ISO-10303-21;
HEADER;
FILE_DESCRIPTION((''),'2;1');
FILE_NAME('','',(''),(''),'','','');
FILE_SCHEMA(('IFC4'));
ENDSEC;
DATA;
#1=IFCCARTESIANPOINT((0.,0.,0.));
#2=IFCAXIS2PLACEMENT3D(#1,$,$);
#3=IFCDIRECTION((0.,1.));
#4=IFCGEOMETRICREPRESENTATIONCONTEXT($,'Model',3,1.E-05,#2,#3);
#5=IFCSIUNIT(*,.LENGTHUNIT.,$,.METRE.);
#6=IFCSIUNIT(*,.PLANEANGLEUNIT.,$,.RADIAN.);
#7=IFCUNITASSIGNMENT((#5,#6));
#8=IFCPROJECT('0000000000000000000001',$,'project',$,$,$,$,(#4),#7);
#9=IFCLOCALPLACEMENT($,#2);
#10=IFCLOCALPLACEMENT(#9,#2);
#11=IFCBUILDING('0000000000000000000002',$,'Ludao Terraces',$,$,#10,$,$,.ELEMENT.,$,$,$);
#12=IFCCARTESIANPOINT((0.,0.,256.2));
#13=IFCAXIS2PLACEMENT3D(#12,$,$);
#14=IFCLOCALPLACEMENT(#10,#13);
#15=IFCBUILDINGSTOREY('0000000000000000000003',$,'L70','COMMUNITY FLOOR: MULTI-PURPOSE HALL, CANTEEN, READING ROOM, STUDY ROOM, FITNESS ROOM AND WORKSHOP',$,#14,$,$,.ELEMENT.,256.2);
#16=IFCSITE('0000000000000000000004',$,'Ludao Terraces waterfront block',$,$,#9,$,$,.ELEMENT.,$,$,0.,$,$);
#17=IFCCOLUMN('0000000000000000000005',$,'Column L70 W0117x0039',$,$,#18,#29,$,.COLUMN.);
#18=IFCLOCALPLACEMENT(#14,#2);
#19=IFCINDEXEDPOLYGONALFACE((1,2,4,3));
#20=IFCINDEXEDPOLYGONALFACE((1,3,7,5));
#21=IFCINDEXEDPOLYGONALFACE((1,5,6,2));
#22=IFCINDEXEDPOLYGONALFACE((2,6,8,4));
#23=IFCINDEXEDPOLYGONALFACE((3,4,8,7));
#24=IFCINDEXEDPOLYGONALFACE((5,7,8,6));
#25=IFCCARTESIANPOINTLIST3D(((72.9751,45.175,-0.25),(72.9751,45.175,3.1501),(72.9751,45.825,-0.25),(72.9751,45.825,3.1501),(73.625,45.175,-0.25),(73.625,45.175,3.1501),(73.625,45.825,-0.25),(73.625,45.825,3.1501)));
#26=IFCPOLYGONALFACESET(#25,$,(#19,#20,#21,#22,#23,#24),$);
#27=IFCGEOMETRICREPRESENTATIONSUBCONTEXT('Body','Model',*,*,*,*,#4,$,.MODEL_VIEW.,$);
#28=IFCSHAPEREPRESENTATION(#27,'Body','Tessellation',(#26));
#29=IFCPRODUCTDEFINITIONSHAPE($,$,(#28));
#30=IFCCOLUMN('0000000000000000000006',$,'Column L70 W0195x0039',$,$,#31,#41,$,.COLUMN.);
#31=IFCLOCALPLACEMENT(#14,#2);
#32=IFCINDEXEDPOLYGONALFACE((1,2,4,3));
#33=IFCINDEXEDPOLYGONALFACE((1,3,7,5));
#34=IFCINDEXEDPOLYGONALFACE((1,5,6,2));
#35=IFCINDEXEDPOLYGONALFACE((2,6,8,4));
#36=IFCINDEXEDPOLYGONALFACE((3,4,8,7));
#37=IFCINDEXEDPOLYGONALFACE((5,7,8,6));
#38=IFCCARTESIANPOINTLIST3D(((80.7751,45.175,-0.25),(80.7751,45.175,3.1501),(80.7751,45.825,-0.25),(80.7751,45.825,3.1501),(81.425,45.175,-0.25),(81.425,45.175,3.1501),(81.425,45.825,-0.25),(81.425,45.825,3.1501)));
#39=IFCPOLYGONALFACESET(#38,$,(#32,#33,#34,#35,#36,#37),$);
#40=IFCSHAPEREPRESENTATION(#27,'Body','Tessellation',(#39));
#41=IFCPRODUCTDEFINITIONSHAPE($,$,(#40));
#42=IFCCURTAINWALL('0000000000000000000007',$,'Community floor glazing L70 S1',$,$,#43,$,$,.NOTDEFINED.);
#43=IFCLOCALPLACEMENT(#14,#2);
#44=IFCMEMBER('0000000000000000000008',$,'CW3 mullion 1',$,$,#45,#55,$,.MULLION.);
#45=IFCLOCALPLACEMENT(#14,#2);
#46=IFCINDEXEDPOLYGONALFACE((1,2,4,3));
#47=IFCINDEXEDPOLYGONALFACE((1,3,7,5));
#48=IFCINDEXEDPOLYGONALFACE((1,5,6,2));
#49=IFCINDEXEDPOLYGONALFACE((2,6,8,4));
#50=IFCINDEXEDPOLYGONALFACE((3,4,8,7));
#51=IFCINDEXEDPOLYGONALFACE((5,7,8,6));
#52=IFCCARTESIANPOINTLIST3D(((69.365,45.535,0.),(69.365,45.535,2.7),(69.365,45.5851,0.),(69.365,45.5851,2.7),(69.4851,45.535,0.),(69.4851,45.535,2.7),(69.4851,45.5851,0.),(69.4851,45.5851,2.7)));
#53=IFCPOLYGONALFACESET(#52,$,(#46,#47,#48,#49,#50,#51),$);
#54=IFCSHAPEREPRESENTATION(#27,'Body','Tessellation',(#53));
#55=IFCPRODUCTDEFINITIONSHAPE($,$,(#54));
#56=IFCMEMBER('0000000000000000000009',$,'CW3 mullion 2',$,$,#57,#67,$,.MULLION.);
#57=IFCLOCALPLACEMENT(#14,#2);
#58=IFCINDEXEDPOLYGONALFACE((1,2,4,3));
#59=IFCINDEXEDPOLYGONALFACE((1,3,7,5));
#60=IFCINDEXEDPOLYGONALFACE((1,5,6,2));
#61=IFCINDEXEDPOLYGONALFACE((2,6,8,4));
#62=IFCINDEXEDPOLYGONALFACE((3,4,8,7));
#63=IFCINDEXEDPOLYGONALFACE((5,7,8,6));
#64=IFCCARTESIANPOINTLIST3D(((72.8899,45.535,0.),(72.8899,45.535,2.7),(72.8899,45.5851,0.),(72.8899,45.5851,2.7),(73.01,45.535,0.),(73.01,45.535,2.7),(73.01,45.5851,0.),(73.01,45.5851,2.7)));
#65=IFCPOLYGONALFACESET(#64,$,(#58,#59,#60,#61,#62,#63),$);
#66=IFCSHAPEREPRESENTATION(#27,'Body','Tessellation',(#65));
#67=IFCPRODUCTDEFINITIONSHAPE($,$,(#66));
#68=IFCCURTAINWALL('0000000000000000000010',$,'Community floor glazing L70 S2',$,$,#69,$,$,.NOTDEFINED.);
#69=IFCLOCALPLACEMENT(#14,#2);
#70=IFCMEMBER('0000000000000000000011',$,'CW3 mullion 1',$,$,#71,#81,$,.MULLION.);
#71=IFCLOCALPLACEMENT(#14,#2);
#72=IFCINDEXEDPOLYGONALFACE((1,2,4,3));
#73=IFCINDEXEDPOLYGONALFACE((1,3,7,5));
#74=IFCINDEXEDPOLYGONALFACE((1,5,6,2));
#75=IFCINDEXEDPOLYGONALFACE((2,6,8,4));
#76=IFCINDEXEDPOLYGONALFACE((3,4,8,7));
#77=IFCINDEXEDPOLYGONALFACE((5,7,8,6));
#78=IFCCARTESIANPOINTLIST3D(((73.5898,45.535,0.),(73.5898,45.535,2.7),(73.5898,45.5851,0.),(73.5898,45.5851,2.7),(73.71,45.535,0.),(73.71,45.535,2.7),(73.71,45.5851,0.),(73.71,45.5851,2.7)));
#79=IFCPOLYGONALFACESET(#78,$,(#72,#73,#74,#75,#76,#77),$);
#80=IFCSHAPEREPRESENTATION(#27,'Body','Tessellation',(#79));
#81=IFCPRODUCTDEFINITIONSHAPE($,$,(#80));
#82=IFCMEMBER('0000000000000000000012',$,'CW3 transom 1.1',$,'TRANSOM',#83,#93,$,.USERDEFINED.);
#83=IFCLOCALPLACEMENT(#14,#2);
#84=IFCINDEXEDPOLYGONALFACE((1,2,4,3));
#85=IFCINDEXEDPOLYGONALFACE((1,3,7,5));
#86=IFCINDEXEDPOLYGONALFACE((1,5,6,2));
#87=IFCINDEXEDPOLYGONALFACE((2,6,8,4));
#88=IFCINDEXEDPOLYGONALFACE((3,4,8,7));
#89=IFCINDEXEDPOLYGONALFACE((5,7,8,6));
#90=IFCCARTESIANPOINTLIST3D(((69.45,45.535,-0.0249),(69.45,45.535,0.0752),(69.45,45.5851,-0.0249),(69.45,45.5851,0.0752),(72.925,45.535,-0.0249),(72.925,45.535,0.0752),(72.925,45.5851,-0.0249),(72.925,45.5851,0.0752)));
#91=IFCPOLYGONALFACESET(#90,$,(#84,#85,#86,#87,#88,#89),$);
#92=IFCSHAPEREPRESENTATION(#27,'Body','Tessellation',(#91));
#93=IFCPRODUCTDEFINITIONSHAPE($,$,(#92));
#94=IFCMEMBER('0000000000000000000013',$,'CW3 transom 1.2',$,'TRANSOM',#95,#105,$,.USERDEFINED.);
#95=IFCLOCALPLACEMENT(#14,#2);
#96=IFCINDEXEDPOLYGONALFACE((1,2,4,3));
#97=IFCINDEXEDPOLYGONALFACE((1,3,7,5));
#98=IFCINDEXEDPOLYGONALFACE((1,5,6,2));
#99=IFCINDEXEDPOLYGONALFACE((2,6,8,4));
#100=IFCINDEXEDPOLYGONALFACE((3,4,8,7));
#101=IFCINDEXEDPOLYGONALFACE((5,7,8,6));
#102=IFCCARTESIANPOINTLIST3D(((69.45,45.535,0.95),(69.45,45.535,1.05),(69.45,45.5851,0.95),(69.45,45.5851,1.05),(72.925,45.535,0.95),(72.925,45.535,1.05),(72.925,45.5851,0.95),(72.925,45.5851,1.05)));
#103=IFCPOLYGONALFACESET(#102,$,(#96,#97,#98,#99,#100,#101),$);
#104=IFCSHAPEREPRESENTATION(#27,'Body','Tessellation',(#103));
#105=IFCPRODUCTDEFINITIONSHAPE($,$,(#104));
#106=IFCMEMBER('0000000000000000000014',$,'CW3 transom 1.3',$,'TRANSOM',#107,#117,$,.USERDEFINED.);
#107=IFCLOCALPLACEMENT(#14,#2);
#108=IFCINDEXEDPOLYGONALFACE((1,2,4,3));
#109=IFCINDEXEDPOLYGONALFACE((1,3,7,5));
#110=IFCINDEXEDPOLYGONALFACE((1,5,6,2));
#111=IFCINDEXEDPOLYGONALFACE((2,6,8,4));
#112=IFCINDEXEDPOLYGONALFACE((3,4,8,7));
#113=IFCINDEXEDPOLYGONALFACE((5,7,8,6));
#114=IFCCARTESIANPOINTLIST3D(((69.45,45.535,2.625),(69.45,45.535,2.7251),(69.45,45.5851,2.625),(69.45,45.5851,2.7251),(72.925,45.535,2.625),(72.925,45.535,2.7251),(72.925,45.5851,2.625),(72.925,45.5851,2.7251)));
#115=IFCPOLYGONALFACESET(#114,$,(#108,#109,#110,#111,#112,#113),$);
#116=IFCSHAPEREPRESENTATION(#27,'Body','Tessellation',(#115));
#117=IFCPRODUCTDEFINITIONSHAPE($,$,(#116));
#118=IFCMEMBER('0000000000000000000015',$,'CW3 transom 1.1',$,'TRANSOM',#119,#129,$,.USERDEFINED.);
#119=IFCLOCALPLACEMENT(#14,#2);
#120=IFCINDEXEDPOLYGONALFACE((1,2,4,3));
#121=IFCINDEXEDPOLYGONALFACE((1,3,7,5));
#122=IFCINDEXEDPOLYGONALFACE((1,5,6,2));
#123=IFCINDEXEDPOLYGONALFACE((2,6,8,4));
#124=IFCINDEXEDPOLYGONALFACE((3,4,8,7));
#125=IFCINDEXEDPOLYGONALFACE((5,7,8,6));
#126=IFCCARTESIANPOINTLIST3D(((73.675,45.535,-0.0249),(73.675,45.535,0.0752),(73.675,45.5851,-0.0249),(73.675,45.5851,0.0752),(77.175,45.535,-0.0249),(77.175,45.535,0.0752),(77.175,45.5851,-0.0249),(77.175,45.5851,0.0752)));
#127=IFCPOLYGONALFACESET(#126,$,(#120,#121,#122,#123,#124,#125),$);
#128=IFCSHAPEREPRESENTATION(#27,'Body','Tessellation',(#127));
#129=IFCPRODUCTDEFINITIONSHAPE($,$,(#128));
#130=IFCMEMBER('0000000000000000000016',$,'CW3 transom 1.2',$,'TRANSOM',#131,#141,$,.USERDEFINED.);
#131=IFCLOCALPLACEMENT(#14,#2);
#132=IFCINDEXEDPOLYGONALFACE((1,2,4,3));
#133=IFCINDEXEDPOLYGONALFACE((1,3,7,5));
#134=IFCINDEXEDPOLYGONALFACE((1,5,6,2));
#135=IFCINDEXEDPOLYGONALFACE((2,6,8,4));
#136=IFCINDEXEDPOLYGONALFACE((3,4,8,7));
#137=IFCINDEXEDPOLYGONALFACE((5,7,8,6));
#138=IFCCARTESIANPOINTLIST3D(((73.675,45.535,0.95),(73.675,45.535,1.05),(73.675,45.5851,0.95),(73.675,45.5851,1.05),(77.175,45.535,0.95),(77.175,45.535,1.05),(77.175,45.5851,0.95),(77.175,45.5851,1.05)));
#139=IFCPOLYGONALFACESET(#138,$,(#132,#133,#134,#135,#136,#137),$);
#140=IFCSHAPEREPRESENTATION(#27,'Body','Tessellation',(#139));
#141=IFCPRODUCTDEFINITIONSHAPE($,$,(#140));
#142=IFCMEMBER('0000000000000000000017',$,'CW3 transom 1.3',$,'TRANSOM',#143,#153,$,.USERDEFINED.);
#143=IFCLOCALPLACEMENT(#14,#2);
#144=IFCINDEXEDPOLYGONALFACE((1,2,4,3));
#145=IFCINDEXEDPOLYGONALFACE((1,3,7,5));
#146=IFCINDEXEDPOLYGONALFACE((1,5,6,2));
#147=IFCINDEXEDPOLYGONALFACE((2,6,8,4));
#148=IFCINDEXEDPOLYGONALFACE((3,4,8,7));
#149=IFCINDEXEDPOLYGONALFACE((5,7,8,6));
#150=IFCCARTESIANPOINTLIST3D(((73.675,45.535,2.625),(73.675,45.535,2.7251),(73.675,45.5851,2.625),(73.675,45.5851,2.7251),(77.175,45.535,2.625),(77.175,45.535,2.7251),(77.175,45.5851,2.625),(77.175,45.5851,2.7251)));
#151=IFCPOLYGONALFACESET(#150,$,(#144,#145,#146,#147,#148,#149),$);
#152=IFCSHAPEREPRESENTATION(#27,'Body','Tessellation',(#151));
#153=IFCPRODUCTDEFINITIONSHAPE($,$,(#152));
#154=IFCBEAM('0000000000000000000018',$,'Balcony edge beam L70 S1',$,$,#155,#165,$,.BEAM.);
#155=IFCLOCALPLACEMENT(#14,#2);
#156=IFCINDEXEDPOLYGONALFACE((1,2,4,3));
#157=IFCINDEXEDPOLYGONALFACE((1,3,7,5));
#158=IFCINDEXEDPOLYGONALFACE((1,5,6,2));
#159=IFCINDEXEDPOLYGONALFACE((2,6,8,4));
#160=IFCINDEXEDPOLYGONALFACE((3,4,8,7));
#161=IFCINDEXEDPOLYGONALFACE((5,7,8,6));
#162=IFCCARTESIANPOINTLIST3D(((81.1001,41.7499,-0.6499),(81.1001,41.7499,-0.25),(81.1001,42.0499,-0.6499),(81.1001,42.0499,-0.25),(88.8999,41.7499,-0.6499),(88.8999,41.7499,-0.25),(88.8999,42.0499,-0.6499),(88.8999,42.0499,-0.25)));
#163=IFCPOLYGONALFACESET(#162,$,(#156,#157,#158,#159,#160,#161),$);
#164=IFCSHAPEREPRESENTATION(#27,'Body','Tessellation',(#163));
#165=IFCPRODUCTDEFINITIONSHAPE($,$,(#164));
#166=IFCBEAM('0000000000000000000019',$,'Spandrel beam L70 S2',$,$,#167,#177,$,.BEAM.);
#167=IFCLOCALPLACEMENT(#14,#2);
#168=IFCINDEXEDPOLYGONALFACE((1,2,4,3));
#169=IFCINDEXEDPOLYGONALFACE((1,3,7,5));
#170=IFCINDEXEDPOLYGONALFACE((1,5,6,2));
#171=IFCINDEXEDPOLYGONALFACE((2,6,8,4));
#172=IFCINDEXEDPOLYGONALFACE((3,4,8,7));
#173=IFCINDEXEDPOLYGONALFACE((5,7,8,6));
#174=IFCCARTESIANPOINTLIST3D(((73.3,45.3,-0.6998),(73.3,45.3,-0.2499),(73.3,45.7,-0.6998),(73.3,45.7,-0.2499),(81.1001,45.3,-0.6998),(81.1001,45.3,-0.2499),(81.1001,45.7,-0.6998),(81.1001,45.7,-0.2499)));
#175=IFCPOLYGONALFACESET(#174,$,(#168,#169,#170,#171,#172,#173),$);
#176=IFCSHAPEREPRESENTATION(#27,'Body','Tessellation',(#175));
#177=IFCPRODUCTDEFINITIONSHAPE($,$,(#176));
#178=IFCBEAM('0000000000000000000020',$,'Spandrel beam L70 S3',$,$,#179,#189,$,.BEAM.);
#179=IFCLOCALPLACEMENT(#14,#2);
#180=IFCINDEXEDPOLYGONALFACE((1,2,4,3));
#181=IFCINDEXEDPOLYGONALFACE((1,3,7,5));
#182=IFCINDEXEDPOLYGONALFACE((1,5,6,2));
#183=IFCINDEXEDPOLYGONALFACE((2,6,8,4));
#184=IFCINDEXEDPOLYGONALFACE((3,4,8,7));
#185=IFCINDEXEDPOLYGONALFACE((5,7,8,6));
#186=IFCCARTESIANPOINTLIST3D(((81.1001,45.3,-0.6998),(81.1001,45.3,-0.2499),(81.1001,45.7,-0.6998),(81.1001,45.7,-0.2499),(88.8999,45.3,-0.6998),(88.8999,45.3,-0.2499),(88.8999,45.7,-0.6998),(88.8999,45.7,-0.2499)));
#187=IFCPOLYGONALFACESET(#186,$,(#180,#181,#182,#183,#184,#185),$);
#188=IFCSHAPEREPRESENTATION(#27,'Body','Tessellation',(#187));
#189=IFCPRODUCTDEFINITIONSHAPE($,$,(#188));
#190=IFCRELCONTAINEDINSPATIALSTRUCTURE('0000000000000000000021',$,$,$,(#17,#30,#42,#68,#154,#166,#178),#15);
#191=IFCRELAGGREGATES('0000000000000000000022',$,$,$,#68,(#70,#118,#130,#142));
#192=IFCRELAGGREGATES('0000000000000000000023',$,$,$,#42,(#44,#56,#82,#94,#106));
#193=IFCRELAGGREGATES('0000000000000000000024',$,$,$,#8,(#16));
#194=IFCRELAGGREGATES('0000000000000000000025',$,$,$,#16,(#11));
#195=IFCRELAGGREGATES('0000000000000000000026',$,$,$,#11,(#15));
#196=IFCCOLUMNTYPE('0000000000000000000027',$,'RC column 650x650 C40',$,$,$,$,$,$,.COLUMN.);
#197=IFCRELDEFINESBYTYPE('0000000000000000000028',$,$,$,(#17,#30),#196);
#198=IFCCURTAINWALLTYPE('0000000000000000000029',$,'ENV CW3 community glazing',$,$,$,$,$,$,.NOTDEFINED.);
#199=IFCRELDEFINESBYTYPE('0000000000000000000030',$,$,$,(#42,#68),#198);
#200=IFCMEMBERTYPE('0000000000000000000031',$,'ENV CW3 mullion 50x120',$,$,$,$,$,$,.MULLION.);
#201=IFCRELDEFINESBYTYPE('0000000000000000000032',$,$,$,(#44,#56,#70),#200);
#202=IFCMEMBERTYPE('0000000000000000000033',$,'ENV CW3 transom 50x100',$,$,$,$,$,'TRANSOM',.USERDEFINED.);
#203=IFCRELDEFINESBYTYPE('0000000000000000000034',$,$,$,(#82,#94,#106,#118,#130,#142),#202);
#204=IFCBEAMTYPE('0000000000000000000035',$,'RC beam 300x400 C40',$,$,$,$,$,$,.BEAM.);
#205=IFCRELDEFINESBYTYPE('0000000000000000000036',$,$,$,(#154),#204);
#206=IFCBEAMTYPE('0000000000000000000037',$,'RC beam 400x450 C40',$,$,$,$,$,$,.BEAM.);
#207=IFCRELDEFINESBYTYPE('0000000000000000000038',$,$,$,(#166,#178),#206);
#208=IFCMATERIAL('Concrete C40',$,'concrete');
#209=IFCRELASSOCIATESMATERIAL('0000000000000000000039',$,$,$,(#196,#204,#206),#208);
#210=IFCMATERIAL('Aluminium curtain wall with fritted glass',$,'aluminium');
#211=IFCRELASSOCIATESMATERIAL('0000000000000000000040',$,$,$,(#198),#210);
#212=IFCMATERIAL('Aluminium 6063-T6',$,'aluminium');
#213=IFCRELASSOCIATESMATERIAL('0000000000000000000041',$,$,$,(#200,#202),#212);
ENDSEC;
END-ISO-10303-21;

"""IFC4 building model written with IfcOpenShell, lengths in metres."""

from ifc_helpers import new_model, si_unit, direction, frame, origin, origin_2d, place, context, subcontext, project, spatial, rectangle, extrude, material, material_profile, profile_set, type_object, element, aggregate, save


model = new_model("IFC4")

# Units and contexts
model_context = context("Model", 3, precision=1e-05, world=origin(), true_north=direction((0.0, 1.0)))
body_context = subcontext(model_context, "Body", "Model", "MODEL_VIEW")
ifc_project = project(units=[si_unit("LENGTHUNIT", "METRE"), si_unit("PLANEANGLEUNIT", "RADIAN")], contexts=[model_context])

# Site, building, storey
site_placement = place(None, origin())
site = spatial("IfcSite", under=ifc_project, at=site_placement, Name="Ludao Terraces waterfront block", CompositionType="ELEMENT", RefElevation=0.0)
building_placement = place(site_placement, origin())
building = spatial("IfcBuilding", under=site, at=building_placement, Name="Ludao Terraces", CompositionType="ELEMENT")
storey_placement = place(building_placement, frame((0.0, 0.0, 256.2)))
storey = spatial("IfcBuildingStorey", under=building, at=storey_placement, Name="L70", Description="COMMUNITY FLOOR: MULTI-PURPOSE HALL, CANTEEN, READING ROOM, STUDY ROOM, FITNESS ROOM AND WORKSHOP", CompositionType="ELEMENT", Elevation=256.2)

# Columns
ifc_material_1 = material(Name="Concrete C40", Category="concrete")
ifc_material_profile_1 = material_profile(ifc_material_1, rectangle(XDim=0.6499, YDim=0.6499, at=origin_2d()), Name="650 X 650")
ifc_profile_set_1 = profile_set([ifc_material_profile_1], Name="Concrete C40")
column_type = type_object("IfcColumnType", Name="RC column 650x650 C40", PredefinedType="COLUMN", material=ifc_profile_set_1)
for number, where, z_axis, x_axis, name in (
    (1, (73.3, 45.5, -0.25), (0.0, 0.0, 1.0), (1.0, 0.0, 0.0), "Column L70 W0117x0039"),
    (2, (81.1001, 45.5, -0.25), (0.0, 0.0, 1.0), (1.0, 0.0, 0.0), "Column L70 W0195x0039"),
):
    element("IfcColumn", number, at=place(storey_placement, frame(where, z_axis=z_axis, x_axis=x_axis)), inside=storey, type_object=column_type, Name=name, PredefinedType="COLUMN", context=body_context, shape_type="SweptSolid", body=[
        extrude(rectangle(XDim=0.6499, YDim=0.6499, at=origin_2d()), origin(), (0.0, 0.0, 1.0), 3.4001),
    ])

# Curtain wall, members
ifc_material_2 = material(Name="Aluminium curtain wall with fritted glass", Category="aluminium")
curtain_wall_type = type_object("IfcCurtainWallType", Name="ENV CW3 community glazing", PredefinedType="NOTDEFINED", material=ifc_material_2)
curtain_wall_1_placement = place(storey_placement, origin())
curtain_wall_1 = element("IfcCurtainWall", 3, at=curtain_wall_1_placement, inside=storey, type_object=curtain_wall_type, Name="Community floor glazing L70 S1", PredefinedType="NOTDEFINED")
ifc_material_3 = material(Name="Aluminium 6063-T6", Category="aluminium")
ifc_material_profile_2 = material_profile(ifc_material_3, rectangle(XDim=0.05, YDim=0.1201, at=origin_2d()), Name="50 X 120")
ifc_profile_set_2 = profile_set([ifc_material_profile_2], Name="Aluminium 6063-T6")
member_type_1 = type_object("IfcMemberType", Name="ENV CW3 mullion 50x120", PredefinedType="MULLION", material=ifc_profile_set_2)
member_1_placement = place(storey_placement, frame((69.425, 45.5601, 0.0), z_axis=(0.0, 0.0, 1.0), x_axis=(0.0, 1.0, 0.0)))
member_1 = element("IfcMember", 4, at=member_1_placement, type_object=member_type_1, Name="CW3 mullion 1", PredefinedType="MULLION", context=body_context, shape_type="SweptSolid", body=[
    extrude(rectangle(XDim=0.05, YDim=0.1201, at=origin_2d()), origin(), (0.0, 0.0, 1.0), 2.7),
])
member_2_placement = place(storey_placement, frame((72.95, 45.5601, 0.0), z_axis=(0.0, 0.0, 1.0), x_axis=(0.0, 1.0, 0.0)))
member_2 = element("IfcMember", 5, at=member_2_placement, type_object=member_type_1, Name="CW3 mullion 2", PredefinedType="MULLION", context=body_context, shape_type="SweptSolid", body=[
    extrude(rectangle(XDim=0.05, YDim=0.1201, at=origin_2d()), origin(), (0.0, 0.0, 1.0), 2.7),
])

# Curtain wall, member
curtain_wall_2_placement = place(storey_placement, origin())
curtain_wall_2 = element("IfcCurtainWall", 6, at=curtain_wall_2_placement, inside=storey, type_object=curtain_wall_type, Name="Community floor glazing L70 S2", PredefinedType="NOTDEFINED")
member_3_placement = place(storey_placement, frame((73.6499, 45.5601, 0.0), z_axis=(0.0, 0.0, 1.0), x_axis=(0.0, 1.0, 0.0)))
member_3 = element("IfcMember", 7, at=member_3_placement, type_object=member_type_1, Name="CW3 mullion 1", PredefinedType="MULLION", context=body_context, shape_type="SweptSolid", body=[
    extrude(rectangle(XDim=0.05, YDim=0.1201, at=origin_2d()), origin(), (0.0, 0.0, 1.0), 2.7),
])

# Members
ifc_material_profile_3 = material_profile(ifc_material_3, rectangle(XDim=0.05, YDim=0.1001, at=origin_2d()), Name="50 X 100")
ifc_profile_set_3 = profile_set([ifc_material_profile_3], Name="Aluminium 6063-T6")
member_type_2 = type_object("IfcMemberType", Name="ENV CW3 transom 50x100", ElementType="TRANSOM", PredefinedType="USERDEFINED", material=ifc_profile_set_3)
member_4_placement = place(storey_placement, frame((69.45, 45.5601, 0.0251), z_axis=(1.0, 0.0, 0.0), x_axis=(0.0, 1.0, 0.0)))
member_4 = element("IfcMember", 8, at=member_4_placement, type_object=member_type_2, Name="CW3 transom 1.1", ObjectType="TRANSOM", PredefinedType="USERDEFINED", context=body_context, shape_type="SweptSolid", body=[
    extrude(rectangle(XDim=0.05, YDim=0.1001, at=origin_2d()), origin(), (0.0, 0.0, 1.0), 3.4751),
])
member_5_placement = place(storey_placement, frame((69.45, 45.5601, 1.0), z_axis=(1.0, 0.0, 0.0), x_axis=(0.0, 1.0, 0.0)))
member_5 = element("IfcMember", 9, at=member_5_placement, type_object=member_type_2, Name="CW3 transom 1.2", ObjectType="TRANSOM", PredefinedType="USERDEFINED", context=body_context, shape_type="SweptSolid", body=[
    extrude(rectangle(XDim=0.05, YDim=0.1001, at=origin_2d()), origin(), (0.0, 0.0, 1.0), 3.4751),
])
member_6_placement = place(storey_placement, frame((69.45, 45.5601, 2.675), z_axis=(1.0, 0.0, 0.0), x_axis=(0.0, 1.0, 0.0)))
member_6 = element("IfcMember", 10, at=member_6_placement, type_object=member_type_2, Name="CW3 transom 1.3", ObjectType="TRANSOM", PredefinedType="USERDEFINED", context=body_context, shape_type="SweptSolid", body=[
    extrude(rectangle(XDim=0.05, YDim=0.1001, at=origin_2d()), origin(), (0.0, 0.0, 1.0), 3.4751),
])
member_7_placement = place(storey_placement, frame((73.675, 45.5601, 0.0251), z_axis=(1.0, 0.0, 0.0), x_axis=(0.0, 1.0, 0.0)))
member_7 = element("IfcMember", 11, at=member_7_placement, type_object=member_type_2, Name="CW3 transom 1.1", ObjectType="TRANSOM", PredefinedType="USERDEFINED", context=body_context, shape_type="SweptSolid", body=[
    extrude(rectangle(XDim=0.05, YDim=0.1001, at=origin_2d()), origin(), (0.0, 0.0, 1.0), 3.5),
])
member_8_placement = place(storey_placement, frame((73.675, 45.5601, 1.0), z_axis=(1.0, 0.0, 0.0), x_axis=(0.0, 1.0, 0.0)))
member_8 = element("IfcMember", 12, at=member_8_placement, type_object=member_type_2, Name="CW3 transom 1.2", ObjectType="TRANSOM", PredefinedType="USERDEFINED", context=body_context, shape_type="SweptSolid", body=[
    extrude(rectangle(XDim=0.05, YDim=0.1001, at=origin_2d()), origin(), (0.0, 0.0, 1.0), 3.5),
])
member_9_placement = place(storey_placement, frame((73.675, 45.5601, 2.675), z_axis=(1.0, 0.0, 0.0), x_axis=(0.0, 1.0, 0.0)))
member_9 = element("IfcMember", 13, at=member_9_placement, type_object=member_type_2, Name="CW3 transom 1.3", ObjectType="TRANSOM", PredefinedType="USERDEFINED", context=body_context, shape_type="SweptSolid", body=[
    extrude(rectangle(XDim=0.05, YDim=0.1001, at=origin_2d()), origin(), (0.0, 0.0, 1.0), 3.5),
])
aggregate(curtain_wall_2, [member_3, member_7, member_8, member_9])

# Beams
ifc_material_profile_4 = material_profile(ifc_material_1, rectangle(XDim=0.3, YDim=0.3999, at=origin_2d()), Name="300 X 400")
ifc_profile_set_4 = profile_set([ifc_material_profile_4], Name="Concrete C40")
beam_type_1 = type_object("IfcBeamType", Name="RC beam 300x400 C40", PredefinedType="BEAM", material=ifc_profile_set_4)
beam_1_placement = place(storey_placement, frame((81.1001, 41.8999, -0.45), z_axis=(1.0, 0.0, 0.0), x_axis=(0.0, 1.0, 0.0)))
element("IfcBeam", 14, at=beam_1_placement, inside=storey, type_object=beam_type_1, Name="Balcony edge beam L70 S1", PredefinedType="BEAM", context=body_context, shape_type="SweptSolid", body=[
    extrude(rectangle(XDim=0.3, YDim=0.3999, at=origin_2d()), origin(), (0.0, 0.0, 1.0), 7.7998),
])
ifc_material_profile_5 = material_profile(ifc_material_1, rectangle(XDim=0.3999, YDim=0.45, at=origin_2d()), Name="400 X 450")
ifc_profile_set_5 = profile_set([ifc_material_profile_5], Name="Concrete C40")
beam_type_2 = type_object("IfcBeamType", Name="RC beam 400x450 C40", PredefinedType="BEAM", material=ifc_profile_set_5)
beam_2_placement = place(storey_placement, frame((73.3, 45.5, -0.4749), z_axis=(1.0, 0.0, 0.0), x_axis=(0.0, 1.0, 0.0)))
element("IfcBeam", 15, at=beam_2_placement, inside=storey, type_object=beam_type_2, Name="Spandrel beam L70 S2", PredefinedType="BEAM", context=body_context, shape_type="SweptSolid", body=[
    extrude(rectangle(XDim=0.3999, YDim=0.45, at=origin_2d()), origin(), (0.0, 0.0, 1.0), 7.8),
])
beam_3_placement = place(storey_placement, frame((81.1001, 45.5, -0.4749), z_axis=(1.0, 0.0, 0.0), x_axis=(0.0, 1.0, 0.0)))
element("IfcBeam", 16, at=beam_3_placement, inside=storey, type_object=beam_type_2, Name="Spandrel beam L70 S3", PredefinedType="BEAM", context=body_context, shape_type="SweptSolid", body=[
    extrude(rectangle(XDim=0.3999, YDim=0.45, at=origin_2d()), origin(), (0.0, 0.0, 1.0), 7.7998),
])

aggregate(curtain_wall_1, [member_1, member_2, member_4, member_5, member_6])

save(model, "model.ifc")
